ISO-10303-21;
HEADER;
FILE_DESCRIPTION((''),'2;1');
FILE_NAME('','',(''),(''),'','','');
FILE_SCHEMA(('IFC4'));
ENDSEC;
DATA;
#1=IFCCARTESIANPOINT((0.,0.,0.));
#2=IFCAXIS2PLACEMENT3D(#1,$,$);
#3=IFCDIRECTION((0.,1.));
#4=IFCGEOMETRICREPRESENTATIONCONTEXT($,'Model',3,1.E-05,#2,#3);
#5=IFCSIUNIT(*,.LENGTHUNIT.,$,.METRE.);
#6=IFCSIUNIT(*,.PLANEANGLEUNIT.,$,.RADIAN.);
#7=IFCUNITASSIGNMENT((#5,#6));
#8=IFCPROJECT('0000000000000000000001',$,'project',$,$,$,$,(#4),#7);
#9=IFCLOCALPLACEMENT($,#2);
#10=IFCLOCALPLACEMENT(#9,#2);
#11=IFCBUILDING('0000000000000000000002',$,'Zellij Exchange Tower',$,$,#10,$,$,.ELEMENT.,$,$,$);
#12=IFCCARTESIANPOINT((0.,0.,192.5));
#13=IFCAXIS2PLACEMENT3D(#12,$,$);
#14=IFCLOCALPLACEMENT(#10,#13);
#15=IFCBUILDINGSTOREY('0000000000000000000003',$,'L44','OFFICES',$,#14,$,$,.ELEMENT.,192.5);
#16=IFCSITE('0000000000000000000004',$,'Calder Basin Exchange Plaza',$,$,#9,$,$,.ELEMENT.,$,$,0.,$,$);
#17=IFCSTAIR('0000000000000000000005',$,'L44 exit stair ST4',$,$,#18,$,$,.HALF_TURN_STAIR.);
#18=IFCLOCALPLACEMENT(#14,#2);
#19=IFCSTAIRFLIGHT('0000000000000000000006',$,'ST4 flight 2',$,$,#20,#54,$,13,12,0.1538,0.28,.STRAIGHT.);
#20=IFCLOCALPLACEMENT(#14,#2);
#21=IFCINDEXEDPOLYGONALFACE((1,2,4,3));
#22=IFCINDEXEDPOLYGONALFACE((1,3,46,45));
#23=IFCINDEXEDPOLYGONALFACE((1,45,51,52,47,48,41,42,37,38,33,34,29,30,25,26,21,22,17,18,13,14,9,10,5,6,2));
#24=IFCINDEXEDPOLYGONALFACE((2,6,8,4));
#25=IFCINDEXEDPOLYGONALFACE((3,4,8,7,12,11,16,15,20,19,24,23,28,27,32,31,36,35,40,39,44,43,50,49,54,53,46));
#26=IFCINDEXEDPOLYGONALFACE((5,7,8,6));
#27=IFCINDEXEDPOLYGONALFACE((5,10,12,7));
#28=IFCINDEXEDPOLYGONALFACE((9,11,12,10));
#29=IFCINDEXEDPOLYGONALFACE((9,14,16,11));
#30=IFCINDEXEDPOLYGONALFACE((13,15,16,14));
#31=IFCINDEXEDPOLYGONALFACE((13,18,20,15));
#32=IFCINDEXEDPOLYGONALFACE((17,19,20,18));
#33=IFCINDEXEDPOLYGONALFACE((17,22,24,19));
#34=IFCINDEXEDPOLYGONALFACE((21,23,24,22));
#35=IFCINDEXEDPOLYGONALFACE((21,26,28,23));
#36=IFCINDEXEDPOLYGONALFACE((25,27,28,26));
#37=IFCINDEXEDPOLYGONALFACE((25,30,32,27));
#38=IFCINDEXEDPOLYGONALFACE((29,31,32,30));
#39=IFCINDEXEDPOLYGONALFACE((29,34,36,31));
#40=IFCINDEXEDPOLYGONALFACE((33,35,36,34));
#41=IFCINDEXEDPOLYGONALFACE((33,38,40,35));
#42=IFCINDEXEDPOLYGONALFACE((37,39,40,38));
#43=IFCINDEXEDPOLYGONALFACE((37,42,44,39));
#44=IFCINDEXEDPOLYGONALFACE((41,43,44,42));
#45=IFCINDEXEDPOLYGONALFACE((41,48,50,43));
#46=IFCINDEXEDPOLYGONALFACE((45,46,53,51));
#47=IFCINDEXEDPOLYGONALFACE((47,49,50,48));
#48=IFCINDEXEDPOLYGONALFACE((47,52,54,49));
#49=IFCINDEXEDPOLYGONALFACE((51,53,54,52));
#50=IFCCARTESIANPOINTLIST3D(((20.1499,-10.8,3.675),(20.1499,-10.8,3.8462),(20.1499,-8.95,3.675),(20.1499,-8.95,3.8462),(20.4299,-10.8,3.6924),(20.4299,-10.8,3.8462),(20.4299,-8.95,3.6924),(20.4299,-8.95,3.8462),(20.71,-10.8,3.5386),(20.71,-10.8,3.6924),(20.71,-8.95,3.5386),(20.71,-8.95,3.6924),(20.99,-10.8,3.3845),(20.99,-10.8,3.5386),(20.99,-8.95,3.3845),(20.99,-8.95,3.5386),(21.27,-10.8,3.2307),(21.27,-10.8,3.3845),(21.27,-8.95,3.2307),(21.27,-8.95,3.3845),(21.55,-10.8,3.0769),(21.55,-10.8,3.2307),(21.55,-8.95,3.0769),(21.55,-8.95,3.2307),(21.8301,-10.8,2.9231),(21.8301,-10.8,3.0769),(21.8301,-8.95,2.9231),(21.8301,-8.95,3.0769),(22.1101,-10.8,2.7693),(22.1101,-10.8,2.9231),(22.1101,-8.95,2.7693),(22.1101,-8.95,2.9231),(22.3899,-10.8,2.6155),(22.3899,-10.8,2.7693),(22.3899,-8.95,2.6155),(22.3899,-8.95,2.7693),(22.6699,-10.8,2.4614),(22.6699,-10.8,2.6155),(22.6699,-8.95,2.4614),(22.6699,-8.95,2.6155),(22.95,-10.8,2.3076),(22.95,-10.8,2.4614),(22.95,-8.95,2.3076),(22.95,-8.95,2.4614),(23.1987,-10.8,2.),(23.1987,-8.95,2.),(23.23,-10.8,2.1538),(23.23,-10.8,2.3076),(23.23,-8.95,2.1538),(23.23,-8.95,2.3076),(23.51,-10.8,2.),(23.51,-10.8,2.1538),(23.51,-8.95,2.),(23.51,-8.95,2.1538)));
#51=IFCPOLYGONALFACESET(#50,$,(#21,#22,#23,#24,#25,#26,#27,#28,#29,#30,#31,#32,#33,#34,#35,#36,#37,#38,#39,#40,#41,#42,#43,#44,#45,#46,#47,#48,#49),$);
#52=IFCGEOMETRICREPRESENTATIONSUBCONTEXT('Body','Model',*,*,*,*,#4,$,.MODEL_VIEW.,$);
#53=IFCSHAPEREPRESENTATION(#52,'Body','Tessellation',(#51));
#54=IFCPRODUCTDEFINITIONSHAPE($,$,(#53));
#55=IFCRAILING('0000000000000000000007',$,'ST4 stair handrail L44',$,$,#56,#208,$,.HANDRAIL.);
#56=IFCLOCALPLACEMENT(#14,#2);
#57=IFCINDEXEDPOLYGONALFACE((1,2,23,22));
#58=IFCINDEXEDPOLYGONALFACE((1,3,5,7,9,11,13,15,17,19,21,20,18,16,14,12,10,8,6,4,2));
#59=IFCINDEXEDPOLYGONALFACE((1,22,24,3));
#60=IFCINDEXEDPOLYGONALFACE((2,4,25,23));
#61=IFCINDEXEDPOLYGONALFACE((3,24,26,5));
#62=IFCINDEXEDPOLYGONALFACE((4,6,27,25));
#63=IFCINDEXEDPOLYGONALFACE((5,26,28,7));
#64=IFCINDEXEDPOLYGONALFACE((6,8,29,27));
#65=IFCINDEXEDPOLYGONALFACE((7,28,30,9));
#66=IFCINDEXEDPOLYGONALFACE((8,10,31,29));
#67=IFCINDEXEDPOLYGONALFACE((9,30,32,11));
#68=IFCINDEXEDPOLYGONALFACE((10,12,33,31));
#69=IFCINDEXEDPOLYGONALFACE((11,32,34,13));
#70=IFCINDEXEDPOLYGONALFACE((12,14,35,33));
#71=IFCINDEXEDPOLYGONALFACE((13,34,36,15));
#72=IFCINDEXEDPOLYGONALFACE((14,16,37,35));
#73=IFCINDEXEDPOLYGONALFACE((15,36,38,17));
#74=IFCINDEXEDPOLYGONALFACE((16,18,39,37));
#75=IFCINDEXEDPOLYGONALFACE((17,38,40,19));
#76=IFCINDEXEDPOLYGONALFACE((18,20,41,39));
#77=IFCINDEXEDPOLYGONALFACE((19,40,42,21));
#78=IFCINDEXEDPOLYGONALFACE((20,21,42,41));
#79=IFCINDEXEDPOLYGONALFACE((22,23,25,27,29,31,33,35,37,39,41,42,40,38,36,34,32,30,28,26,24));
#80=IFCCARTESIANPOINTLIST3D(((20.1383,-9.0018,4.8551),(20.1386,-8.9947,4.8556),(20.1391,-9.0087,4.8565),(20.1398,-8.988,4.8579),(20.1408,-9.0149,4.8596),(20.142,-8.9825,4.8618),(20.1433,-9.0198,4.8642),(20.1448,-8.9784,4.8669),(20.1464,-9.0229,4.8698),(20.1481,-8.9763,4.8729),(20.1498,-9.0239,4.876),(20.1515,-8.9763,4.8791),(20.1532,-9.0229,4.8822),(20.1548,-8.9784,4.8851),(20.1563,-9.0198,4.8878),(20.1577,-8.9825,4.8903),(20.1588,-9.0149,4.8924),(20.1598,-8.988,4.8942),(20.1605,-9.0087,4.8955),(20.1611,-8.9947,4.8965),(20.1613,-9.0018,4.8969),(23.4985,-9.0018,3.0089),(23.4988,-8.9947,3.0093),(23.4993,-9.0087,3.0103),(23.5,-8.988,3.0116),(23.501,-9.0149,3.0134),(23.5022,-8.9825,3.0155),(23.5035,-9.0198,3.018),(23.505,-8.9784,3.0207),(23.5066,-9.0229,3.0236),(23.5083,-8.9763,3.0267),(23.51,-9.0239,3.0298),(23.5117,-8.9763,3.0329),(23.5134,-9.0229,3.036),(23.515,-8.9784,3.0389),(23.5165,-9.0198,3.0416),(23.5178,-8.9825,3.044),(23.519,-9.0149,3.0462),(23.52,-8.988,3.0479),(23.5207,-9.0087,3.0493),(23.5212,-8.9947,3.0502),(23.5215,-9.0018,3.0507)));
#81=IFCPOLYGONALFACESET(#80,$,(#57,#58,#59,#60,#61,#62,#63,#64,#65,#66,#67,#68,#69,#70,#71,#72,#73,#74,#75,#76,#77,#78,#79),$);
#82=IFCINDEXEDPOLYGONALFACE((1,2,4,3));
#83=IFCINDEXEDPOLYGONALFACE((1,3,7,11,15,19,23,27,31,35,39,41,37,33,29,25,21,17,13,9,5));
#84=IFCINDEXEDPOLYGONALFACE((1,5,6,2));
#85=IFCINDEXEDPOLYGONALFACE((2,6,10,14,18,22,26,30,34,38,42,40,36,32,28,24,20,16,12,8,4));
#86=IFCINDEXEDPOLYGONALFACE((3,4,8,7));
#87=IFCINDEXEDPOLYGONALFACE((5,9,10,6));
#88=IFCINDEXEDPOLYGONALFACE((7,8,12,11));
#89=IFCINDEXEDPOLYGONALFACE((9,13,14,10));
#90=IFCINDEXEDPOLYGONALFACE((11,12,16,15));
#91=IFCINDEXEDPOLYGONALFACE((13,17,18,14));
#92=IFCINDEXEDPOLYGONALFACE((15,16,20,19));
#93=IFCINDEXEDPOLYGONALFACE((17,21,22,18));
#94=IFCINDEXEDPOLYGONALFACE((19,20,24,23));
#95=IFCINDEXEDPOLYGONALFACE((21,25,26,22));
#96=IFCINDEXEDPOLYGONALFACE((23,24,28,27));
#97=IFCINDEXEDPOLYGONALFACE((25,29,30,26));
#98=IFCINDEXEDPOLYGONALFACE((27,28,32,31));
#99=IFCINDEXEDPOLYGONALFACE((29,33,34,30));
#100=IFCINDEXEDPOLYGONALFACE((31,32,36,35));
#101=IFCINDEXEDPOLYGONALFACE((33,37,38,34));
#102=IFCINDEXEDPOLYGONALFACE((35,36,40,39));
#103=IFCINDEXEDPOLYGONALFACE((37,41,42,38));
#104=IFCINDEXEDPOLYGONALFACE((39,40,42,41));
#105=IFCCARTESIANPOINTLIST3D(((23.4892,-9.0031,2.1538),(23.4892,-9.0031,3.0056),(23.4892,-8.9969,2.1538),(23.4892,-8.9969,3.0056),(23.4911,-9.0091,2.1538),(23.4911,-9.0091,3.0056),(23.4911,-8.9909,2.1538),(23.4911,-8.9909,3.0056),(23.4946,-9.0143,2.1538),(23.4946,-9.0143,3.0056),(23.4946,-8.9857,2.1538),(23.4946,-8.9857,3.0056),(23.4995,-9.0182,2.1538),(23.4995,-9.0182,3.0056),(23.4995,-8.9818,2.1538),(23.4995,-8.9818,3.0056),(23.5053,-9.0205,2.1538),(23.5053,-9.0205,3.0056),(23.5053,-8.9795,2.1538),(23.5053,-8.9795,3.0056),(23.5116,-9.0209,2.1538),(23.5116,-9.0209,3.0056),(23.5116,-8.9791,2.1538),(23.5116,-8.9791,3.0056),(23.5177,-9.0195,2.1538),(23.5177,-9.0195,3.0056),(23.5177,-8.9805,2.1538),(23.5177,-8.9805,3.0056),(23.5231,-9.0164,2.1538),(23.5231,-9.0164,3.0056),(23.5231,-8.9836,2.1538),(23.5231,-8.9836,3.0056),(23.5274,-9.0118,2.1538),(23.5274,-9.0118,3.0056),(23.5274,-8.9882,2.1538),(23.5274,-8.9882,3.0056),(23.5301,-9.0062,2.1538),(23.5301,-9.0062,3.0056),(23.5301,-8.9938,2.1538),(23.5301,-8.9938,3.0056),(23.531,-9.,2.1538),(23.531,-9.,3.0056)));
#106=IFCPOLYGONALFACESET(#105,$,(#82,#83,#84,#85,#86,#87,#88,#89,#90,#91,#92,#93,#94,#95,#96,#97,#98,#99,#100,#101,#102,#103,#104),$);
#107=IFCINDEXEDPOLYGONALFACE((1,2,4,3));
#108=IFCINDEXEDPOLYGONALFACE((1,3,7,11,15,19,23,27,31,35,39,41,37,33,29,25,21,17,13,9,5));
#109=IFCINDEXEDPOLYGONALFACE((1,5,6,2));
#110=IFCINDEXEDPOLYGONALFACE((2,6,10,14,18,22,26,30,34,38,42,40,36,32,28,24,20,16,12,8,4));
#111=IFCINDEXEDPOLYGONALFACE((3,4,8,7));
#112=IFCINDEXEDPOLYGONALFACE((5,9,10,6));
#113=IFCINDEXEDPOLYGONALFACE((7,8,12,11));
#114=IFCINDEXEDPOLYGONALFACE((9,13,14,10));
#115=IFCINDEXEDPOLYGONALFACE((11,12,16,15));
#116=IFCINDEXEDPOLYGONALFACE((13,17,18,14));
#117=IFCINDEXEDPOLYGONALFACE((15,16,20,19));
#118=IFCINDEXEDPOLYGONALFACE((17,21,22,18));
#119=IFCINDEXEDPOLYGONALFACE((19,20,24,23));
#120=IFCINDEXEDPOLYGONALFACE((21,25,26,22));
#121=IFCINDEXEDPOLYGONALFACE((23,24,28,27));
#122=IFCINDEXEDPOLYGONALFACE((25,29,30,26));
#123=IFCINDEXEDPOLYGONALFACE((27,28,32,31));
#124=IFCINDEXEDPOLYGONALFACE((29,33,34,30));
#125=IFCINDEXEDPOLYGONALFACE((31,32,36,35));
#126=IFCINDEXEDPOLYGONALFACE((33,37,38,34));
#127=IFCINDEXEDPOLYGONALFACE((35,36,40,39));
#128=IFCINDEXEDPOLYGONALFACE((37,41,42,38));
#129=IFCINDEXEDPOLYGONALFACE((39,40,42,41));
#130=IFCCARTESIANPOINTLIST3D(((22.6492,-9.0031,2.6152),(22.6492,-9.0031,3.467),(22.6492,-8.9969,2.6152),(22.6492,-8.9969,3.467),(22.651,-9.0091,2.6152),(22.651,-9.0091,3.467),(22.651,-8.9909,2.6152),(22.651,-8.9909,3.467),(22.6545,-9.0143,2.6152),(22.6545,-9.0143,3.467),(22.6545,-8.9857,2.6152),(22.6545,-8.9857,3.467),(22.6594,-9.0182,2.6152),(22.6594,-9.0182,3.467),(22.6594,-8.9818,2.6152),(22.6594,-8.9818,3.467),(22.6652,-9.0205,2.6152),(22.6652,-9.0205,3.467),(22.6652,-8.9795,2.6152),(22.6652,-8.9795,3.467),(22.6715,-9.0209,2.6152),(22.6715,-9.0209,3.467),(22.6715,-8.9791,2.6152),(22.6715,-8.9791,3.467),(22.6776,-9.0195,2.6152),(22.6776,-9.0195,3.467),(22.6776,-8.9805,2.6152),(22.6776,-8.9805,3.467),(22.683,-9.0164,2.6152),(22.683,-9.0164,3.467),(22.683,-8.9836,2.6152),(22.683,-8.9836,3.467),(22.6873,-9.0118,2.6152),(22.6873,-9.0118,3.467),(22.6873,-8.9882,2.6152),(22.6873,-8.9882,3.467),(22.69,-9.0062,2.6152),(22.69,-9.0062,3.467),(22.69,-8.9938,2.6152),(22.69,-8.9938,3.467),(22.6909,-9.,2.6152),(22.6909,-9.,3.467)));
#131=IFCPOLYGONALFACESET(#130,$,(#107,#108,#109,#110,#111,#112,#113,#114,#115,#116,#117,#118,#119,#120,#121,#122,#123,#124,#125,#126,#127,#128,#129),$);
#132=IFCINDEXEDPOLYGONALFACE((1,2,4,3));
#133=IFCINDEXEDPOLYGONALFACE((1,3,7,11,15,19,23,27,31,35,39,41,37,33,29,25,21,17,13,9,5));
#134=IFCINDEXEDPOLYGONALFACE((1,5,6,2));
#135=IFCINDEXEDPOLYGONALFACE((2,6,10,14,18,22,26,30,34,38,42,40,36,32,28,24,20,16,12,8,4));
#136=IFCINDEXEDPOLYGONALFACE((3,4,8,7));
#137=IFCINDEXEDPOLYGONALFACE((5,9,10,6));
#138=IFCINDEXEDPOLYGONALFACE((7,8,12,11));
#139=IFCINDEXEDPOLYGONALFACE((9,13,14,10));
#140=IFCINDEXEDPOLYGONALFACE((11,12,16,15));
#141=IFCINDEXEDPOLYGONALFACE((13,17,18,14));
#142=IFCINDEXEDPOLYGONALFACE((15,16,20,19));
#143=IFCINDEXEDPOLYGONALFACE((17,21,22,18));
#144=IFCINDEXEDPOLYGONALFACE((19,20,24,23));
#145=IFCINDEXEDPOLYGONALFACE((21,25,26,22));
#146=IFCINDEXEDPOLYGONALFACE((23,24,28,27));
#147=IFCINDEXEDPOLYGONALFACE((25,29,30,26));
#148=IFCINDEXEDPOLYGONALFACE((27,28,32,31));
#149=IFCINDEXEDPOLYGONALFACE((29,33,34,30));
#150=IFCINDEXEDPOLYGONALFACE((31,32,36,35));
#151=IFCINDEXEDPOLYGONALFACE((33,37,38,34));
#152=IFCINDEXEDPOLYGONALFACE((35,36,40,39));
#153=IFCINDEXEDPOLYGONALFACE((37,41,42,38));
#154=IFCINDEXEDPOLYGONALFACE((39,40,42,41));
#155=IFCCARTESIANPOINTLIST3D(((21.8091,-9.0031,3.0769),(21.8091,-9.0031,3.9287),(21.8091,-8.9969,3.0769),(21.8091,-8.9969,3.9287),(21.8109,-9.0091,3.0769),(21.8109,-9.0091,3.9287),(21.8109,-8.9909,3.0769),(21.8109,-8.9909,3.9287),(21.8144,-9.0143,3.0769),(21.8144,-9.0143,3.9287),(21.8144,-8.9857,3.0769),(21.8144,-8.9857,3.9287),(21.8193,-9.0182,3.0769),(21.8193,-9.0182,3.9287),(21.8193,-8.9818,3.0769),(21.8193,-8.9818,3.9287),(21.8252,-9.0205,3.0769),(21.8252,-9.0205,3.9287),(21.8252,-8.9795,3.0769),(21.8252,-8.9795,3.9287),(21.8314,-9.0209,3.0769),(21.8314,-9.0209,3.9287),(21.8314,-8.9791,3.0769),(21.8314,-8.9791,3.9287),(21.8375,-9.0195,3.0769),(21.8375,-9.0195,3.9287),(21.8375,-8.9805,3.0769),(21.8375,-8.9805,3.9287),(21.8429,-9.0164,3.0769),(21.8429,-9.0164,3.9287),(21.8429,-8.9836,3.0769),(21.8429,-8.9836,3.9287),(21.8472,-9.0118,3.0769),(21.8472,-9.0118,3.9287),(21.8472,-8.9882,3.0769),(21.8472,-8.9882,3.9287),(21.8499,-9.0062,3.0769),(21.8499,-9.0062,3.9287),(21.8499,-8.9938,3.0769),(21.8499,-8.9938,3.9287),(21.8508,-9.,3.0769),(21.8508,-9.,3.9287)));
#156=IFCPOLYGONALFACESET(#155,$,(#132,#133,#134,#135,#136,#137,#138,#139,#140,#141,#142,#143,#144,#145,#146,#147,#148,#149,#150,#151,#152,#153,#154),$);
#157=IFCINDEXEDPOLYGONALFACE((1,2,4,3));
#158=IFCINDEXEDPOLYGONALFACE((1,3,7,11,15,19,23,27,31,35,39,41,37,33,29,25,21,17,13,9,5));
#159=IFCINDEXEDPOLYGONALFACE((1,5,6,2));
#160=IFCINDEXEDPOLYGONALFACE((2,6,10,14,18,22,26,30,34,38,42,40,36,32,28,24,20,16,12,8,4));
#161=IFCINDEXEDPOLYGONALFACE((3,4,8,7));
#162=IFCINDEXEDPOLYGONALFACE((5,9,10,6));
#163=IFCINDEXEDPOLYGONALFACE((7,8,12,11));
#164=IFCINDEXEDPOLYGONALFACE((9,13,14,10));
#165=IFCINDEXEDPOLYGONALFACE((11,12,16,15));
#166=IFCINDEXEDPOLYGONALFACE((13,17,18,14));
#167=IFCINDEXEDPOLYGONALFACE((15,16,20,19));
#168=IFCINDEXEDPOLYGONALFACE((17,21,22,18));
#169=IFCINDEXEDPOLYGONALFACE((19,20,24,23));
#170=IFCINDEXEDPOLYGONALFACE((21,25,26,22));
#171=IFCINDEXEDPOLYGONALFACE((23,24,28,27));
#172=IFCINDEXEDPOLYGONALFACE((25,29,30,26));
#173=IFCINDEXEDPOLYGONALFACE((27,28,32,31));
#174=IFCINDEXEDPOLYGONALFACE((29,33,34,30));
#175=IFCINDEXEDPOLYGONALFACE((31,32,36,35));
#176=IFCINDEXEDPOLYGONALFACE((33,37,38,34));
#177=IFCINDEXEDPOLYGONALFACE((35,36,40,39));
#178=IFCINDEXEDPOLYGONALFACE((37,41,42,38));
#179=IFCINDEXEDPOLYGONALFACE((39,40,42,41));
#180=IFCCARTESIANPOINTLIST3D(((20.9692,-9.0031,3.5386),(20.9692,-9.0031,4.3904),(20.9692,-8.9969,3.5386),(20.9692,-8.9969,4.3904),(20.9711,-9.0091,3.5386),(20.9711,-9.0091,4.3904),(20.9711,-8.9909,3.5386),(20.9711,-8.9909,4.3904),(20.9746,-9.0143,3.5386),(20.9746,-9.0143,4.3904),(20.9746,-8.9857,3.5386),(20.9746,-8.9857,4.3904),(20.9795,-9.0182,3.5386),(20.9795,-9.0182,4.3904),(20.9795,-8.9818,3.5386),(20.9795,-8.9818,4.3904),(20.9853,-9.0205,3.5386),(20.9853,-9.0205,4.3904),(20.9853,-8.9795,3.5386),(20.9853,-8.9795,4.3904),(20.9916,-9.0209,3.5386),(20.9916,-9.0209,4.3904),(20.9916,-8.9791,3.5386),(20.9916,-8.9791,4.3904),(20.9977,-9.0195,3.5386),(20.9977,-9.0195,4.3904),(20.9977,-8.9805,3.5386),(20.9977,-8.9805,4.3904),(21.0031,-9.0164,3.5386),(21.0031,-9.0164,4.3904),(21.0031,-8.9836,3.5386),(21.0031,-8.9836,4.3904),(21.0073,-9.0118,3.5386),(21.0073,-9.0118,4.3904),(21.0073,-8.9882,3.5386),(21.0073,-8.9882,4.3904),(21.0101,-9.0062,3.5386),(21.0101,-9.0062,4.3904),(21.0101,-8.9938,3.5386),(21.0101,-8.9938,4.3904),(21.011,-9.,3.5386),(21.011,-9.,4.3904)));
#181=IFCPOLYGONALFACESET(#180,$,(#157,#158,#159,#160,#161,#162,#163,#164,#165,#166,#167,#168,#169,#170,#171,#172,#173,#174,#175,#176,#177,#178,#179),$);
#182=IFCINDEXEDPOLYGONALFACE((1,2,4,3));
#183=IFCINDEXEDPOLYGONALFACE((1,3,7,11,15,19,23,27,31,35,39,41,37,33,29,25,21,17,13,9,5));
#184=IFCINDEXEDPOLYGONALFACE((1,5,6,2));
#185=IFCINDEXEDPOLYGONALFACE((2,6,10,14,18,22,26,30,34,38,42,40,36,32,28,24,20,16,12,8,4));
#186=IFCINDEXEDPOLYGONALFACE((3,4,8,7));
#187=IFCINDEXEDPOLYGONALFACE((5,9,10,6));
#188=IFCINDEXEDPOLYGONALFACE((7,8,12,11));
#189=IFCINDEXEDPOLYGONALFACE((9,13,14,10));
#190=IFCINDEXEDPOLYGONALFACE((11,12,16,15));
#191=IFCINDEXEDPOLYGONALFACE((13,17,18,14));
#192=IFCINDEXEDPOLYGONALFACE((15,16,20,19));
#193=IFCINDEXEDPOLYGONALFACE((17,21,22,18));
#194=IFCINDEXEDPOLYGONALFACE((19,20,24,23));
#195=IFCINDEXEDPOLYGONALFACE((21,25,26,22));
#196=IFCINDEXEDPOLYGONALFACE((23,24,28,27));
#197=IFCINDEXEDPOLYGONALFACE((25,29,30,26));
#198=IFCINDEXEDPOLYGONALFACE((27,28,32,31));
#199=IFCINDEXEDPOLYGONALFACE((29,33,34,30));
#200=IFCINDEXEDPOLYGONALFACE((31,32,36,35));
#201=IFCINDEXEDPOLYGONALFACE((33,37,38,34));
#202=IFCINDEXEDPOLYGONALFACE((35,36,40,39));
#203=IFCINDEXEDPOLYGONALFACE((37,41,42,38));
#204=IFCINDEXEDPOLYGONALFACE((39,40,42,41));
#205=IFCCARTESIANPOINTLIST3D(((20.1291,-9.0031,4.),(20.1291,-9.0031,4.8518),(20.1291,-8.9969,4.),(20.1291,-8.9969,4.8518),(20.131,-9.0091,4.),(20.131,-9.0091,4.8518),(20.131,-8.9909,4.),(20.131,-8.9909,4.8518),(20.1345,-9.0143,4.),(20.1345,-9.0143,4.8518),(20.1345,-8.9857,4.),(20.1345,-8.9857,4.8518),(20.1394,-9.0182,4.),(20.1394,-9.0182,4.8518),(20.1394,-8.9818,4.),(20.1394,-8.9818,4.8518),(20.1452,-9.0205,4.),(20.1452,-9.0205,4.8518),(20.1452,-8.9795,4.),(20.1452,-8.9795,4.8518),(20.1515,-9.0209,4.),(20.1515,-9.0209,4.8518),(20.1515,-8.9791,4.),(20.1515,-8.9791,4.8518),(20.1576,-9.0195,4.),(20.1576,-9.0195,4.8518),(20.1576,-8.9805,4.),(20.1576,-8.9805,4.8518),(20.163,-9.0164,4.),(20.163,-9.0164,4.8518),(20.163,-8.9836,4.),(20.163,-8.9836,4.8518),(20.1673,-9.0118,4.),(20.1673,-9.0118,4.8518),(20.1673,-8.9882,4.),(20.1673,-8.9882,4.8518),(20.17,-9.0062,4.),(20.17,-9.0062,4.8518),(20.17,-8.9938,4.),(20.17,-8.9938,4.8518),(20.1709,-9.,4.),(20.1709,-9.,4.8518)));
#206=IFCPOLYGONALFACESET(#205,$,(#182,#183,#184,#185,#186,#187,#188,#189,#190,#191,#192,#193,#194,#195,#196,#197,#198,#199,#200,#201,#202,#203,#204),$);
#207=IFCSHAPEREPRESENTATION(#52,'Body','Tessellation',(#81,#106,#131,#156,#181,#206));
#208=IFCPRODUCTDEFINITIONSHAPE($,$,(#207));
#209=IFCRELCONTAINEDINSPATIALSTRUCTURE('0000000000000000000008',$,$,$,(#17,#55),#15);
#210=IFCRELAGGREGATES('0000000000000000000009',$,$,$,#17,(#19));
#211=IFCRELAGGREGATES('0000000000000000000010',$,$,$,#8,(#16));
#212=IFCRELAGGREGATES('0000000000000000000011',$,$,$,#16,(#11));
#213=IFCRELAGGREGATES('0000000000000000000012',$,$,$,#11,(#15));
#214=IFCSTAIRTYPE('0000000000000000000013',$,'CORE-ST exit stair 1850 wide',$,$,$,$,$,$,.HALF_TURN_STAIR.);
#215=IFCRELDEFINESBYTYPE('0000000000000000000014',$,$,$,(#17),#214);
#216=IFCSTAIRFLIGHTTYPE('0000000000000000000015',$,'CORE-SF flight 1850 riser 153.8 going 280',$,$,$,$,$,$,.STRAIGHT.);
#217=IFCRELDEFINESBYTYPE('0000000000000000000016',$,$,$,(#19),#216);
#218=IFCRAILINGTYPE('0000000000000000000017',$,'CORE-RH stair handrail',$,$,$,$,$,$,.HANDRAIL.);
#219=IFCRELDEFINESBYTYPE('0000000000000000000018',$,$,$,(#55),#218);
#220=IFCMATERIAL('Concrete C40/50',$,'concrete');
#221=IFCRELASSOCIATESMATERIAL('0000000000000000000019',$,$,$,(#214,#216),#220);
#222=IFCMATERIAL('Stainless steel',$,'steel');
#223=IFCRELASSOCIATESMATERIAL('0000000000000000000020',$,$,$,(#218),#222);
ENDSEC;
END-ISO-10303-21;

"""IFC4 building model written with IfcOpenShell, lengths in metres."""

from ifc_helpers import new_model, si_unit, direction, frame, origin, origin_2d, place, context, subcontext, project, spatial, polyline, circle, outline, extrude, material, type_object, element, aggregate, save


model = new_model("IFC4")

# Units and contexts
model_context = context("Model", 3, precision=1e-05, world=origin(), true_north=direction((0.0, 1.0)))
body_context = subcontext(model_context, "Body", "Model", "MODEL_VIEW")
ifc_project = project(units=[si_unit("LENGTHUNIT", "METRE"), si_unit("PLANEANGLEUNIT", "RADIAN")], contexts=[model_context])

# Site, building, storey
site_placement = place(None, origin())
site = spatial("IfcSite", under=ifc_project, at=site_placement, Name="Calder Basin Exchange Plaza", CompositionType="ELEMENT", RefElevation=0.0)
building_placement = place(site_placement, origin())
building = spatial("IfcBuilding", under=site, at=building_placement, Name="Zellij Exchange Tower", CompositionType="ELEMENT")
storey_placement = place(building_placement, frame((0.0, 0.0, 192.5)))
storey = spatial("IfcBuildingStorey", under=building, at=storey_placement, Name="L44", Description="OFFICES", CompositionType="ELEMENT", Elevation=192.5)

# Stair, stair flight
ifc_material_1 = material(Name="Concrete C40/50", Category="concrete")
stair_type = type_object("IfcStairType", Name="CORE-ST exit stair 1850 wide", PredefinedType="HALF_TURN_STAIR", material=ifc_material_1)
stair_placement = place(storey_placement, origin())
stair = element("IfcStair", 1, at=stair_placement, inside=storey, type_object=stair_type, Name="L44 exit stair ST4", PredefinedType="HALF_TURN_STAIR")
stair_flight_type = type_object("IfcStairFlightType", Name="CORE-SF flight 1850 riser 153.8 going 280", PredefinedType="STRAIGHT", material=ifc_material_1)
stair_flight_placement = place(storey_placement, frame((23.51, -9.875, 2.0), z_axis=(0.0, 0.0, 1.0), x_axis=(-1.0, 0.0, 0.0)))
stair_flight = element("IfcStairFlight", 2, at=stair_flight_placement, type_object=stair_flight_type, Name="ST4 flight 2", NumberOfRisers=13, NumberOfTreads=12, PredefinedType="STRAIGHT", RiserHeight=0.1538, TreadLength=0.28, context=body_context, shape_type="SweptSolid", body=[
    extrude(outline(polyline([(0.0, 0.0), (0.0, 0.1538), (0.28, 0.1538), (0.28, 0.3076), (0.5601, 0.3076), (0.5601, 0.4614), (0.8401, 0.4614), (0.8401, 0.6155), (1.1201, 0.6155), (1.1201, 0.7693), (1.3999, 0.7693), (1.3999, 0.9231), (1.6799, 0.9231), (1.6799, 1.0769), (1.96, 1.0769), (1.96, 1.2307), (2.24, 1.2307), (2.24, 1.3845), (2.52, 1.3845), (2.52, 1.5386), (2.8, 1.5386), (2.8, 1.6924), (3.0801, 1.6924), (3.0801, 1.8462), (3.3601, 1.8462), (3.3601, 2.0), (3.3601, 1.675), (0.3113, 0.0), (0.0, 0.0)])), frame((0.0, 0.925, 0.0), z_axis=(0.0, -1.0, 0.0), x_axis=(1.0, 0.0, 0.0)), (0.0, 0.0, 1.0), 1.8501),
])
aggregate(stair, [stair_flight])

# Railing
ifc_material_2 = material(Name="Stainless steel", Category="steel")
railing_type = type_object("IfcRailingType", Name="CORE-RH stair handrail", PredefinedType="HANDRAIL", material=ifc_material_2)
railing_placement = place(storey_placement, frame((23.51, -9.0, 2.1538)))
element("IfcRailing", 3, at=railing_placement, inside=storey, type_object=railing_type, Name="ST4 stair handrail L44", PredefinedType="HANDRAIL", context=body_context, shape_type="SweptSolid", body=[
    extrude(circle(Radius=0.0239, at=origin_2d()), frame((0.0, 0.0, 0.876), z_axis=(-0.876422, 0.0, 0.481545), x_axis=(0.0, -1.0, 0.0)), (0.0, 0.0, 1.0), 3.834),
    extrude(circle(Radius=0.021, at=origin_2d()), origin(), (0.0, 0.0, 1.0), 0.8518),
    extrude(circle(Radius=0.021, at=origin_2d()), frame((-0.8401, 0.0, 0.4614)), (0.0, 0.0, 1.0), 0.8518),
    extrude(circle(Radius=0.021, at=origin_2d()), frame((-1.6802, 0.0, 0.9231)), (0.0, 0.0, 1.0), 0.8518),
    extrude(circle(Radius=0.021, at=origin_2d()), frame((-2.52, 0.0, 1.3848)), (0.0, 0.0, 1.0), 0.8518),
    extrude(circle(Radius=0.021, at=origin_2d()), frame((-3.3601, 0.0, 1.8462)), (0.0, 0.0, 1.0), 0.8518),
])

save(model, "model.ifc")
